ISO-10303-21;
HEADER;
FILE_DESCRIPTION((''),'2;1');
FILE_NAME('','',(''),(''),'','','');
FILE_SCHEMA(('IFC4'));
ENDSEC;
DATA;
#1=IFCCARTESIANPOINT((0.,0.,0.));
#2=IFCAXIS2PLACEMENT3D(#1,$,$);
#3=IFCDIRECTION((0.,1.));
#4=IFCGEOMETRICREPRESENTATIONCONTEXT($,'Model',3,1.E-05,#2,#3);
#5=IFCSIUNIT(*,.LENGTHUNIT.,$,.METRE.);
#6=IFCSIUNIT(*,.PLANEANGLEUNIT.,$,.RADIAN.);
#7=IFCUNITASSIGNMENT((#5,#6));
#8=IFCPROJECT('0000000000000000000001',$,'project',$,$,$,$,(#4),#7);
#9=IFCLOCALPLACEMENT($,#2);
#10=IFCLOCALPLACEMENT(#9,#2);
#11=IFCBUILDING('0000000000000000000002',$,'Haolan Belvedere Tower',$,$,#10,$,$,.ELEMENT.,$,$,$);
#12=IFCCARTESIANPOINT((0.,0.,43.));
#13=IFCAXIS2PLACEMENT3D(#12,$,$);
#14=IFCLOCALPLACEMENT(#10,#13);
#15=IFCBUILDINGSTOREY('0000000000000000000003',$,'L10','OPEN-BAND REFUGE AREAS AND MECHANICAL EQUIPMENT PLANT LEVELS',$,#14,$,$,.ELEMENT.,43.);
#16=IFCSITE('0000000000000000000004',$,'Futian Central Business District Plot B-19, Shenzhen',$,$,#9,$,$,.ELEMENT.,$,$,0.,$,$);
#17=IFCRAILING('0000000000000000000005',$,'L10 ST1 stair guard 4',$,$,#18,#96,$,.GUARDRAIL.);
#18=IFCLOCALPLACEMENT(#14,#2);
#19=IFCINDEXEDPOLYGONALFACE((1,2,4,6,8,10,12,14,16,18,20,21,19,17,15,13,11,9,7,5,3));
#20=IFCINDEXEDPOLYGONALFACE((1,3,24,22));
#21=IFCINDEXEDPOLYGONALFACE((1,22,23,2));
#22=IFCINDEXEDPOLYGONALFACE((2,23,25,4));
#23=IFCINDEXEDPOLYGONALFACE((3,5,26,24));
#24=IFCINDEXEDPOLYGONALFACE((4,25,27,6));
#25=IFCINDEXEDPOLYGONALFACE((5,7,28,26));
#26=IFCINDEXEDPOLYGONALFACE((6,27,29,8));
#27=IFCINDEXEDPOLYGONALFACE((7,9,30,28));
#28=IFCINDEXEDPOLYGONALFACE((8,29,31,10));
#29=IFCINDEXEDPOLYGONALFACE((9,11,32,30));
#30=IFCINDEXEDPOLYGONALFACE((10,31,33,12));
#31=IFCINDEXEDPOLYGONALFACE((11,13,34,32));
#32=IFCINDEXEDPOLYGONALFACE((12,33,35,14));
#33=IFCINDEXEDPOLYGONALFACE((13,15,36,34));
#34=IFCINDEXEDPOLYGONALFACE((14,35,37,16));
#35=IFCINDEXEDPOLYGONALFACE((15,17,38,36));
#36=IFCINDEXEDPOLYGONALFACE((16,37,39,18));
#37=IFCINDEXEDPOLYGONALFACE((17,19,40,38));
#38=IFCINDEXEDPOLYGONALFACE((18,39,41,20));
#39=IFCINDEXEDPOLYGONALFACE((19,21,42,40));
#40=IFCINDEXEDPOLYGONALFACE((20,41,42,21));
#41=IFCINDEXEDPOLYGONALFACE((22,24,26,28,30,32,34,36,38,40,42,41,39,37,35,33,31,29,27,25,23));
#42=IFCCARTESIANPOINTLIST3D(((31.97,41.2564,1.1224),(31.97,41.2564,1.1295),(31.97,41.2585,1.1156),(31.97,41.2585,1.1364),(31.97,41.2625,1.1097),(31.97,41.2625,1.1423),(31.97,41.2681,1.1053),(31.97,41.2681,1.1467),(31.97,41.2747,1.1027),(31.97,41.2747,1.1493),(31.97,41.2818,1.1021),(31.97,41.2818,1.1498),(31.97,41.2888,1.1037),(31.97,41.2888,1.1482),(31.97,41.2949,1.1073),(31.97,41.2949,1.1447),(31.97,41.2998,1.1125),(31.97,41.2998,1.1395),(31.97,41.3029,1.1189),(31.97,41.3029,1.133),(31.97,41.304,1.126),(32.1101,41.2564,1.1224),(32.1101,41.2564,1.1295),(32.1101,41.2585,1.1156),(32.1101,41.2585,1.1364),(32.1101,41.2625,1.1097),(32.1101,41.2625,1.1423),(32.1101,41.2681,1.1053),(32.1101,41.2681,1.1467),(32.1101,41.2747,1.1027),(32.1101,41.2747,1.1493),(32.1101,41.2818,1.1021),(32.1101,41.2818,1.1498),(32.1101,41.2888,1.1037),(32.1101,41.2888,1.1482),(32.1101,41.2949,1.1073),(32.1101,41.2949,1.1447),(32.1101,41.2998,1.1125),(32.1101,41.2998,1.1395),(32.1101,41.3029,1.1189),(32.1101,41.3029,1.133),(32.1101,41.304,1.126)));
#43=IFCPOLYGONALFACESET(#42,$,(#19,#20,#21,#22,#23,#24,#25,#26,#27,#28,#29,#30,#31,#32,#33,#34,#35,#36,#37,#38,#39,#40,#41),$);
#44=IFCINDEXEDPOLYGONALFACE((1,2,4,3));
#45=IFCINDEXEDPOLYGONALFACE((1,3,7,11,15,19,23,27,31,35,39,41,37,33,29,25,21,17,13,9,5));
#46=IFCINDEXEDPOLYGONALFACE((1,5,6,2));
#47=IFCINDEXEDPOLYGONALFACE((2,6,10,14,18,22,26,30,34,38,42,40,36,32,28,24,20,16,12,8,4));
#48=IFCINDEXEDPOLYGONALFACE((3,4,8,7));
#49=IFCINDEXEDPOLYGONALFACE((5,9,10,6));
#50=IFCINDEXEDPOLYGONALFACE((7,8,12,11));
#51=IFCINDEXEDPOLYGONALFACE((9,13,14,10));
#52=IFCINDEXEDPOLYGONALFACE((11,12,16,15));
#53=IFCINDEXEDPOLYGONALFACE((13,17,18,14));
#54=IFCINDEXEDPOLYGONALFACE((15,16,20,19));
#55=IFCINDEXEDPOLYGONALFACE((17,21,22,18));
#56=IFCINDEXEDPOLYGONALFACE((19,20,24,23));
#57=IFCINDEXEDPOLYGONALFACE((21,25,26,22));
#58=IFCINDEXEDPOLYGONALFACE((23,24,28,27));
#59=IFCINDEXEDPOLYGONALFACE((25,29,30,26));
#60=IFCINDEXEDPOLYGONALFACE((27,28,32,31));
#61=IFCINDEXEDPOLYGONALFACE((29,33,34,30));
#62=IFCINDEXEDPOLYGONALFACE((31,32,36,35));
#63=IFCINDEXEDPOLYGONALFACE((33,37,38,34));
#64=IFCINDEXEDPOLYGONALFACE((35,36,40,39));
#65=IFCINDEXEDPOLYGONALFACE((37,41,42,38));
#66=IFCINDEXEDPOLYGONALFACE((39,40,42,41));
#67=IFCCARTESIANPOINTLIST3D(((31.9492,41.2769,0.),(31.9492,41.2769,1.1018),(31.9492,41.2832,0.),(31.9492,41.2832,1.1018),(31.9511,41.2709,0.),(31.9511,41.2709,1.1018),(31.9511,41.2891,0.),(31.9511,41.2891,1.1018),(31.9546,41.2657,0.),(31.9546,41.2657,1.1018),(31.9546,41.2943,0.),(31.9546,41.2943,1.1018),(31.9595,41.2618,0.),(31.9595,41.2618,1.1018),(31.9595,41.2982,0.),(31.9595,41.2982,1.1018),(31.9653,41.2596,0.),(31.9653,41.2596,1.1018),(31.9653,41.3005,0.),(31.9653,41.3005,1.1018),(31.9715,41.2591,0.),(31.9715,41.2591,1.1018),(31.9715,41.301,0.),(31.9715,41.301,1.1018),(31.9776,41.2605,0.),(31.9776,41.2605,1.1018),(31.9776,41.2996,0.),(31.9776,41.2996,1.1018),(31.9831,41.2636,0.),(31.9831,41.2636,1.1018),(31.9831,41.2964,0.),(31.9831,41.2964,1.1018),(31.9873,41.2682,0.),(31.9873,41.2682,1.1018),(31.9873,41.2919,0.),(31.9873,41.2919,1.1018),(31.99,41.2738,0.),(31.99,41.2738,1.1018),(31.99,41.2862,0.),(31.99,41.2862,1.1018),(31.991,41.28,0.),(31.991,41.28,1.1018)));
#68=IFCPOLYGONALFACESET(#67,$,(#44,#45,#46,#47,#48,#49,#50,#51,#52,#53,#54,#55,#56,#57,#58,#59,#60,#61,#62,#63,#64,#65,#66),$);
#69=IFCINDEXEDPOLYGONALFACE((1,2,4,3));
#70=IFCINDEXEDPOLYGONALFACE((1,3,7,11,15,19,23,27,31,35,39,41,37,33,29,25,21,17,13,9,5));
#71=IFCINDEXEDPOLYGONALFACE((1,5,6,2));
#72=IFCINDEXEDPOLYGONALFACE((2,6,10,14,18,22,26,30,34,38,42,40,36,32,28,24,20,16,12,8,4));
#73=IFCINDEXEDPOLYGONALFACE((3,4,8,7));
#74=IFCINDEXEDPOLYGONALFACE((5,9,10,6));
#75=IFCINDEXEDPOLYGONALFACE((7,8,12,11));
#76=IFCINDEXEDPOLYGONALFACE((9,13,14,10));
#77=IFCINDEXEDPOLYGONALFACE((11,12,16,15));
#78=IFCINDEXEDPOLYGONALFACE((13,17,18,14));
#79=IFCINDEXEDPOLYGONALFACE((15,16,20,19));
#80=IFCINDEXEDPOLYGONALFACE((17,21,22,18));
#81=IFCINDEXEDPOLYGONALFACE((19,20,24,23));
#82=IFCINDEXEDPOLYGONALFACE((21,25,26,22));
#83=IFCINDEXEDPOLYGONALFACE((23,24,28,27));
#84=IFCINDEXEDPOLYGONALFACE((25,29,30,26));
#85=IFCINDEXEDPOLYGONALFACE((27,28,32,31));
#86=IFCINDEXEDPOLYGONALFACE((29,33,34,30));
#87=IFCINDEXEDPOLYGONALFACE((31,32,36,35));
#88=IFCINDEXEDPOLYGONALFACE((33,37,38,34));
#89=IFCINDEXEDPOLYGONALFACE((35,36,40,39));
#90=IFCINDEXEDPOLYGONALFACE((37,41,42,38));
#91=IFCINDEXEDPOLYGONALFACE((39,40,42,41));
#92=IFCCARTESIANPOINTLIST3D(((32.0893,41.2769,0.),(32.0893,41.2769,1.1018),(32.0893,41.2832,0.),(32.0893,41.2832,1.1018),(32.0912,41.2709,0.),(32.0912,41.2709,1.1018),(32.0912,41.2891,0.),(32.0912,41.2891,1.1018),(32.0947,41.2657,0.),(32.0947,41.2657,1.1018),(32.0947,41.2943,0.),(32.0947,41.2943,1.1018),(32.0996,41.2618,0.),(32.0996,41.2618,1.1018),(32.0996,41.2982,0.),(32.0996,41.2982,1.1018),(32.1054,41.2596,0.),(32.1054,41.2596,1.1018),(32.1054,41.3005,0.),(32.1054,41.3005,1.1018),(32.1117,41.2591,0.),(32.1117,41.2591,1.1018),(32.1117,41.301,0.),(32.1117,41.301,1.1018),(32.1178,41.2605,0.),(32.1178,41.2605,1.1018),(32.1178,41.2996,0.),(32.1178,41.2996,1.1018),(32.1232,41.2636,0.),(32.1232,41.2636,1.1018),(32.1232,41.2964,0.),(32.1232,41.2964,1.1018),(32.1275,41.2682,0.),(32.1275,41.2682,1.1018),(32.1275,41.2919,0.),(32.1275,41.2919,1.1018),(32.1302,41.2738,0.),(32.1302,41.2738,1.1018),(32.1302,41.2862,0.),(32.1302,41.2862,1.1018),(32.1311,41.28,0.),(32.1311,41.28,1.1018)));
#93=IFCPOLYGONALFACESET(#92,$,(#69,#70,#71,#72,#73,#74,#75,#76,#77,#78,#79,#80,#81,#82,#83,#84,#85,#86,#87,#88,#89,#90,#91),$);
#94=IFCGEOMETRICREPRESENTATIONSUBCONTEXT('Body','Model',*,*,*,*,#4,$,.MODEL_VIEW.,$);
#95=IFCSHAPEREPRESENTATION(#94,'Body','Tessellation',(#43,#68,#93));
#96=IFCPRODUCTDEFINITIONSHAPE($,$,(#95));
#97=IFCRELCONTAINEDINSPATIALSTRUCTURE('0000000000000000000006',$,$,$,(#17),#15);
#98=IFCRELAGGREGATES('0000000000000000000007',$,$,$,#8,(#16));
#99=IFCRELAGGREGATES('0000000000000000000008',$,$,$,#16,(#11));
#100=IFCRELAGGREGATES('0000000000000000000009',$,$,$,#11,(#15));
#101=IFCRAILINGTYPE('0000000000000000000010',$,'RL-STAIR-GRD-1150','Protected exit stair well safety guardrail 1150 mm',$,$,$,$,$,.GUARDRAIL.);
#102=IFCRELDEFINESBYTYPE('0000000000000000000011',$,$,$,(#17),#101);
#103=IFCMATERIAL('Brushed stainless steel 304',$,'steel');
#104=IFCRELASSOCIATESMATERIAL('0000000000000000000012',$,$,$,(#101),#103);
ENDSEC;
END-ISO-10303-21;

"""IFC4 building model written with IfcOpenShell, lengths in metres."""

from ifc_helpers import new_model, si_unit, direction, frame, origin, origin_2d, place, context, subcontext, project, spatial, circle, extrude, material, type_object, element, save


model = new_model("IFC4")

# Units and contexts
model_context = context("Model", 3, precision=1e-05, world=origin(), true_north=direction((0.0, 1.0)))
body_context = subcontext(model_context, "Body", "Model", "MODEL_VIEW")
ifc_project = project(units=[si_unit("LENGTHUNIT", "METRE"), si_unit("PLANEANGLEUNIT", "RADIAN")], contexts=[model_context])

# Site, building, storey
site_placement = place(None, origin())
site = spatial("IfcSite", under=ifc_project, at=site_placement, Name="Futian Central Business District Plot B-19, Shenzhen", CompositionType="ELEMENT", RefElevation=0.0)
building_placement = place(site_placement, origin())
building = spatial("IfcBuilding", under=site, at=building_placement, Name="Haolan Belvedere Tower", CompositionType="ELEMENT")
storey_placement = place(building_placement, frame((0.0, 0.0, 43.0)))
storey = spatial("IfcBuildingStorey", under=building, at=storey_placement, Name="L10", Description="OPEN-BAND REFUGE AREAS AND MECHANICAL EQUIPMENT PLANT LEVELS", CompositionType="ELEMENT", Elevation=43.0)

# Railing
ifc_material_1 = material(Name="Brushed stainless steel 304", Category="steel")
railing_type_1 = type_object("IfcRailingType", Name="RL-STAIR-GRD-1150", Description="Protected exit stair well safety guardrail 1150 mm", PredefinedType="GUARDRAIL", material=ifc_material_1)
railing_1_placement = place(storey_placement, frame((31.97, 41.28, 0.0)))
element("IfcRailing", 1, at=railing_1_placement, inside=storey, type_object=railing_type_1, Name="L10 ST1 stair guard 4", PredefinedType="GUARDRAIL", context=body_context, shape_type="SweptSolid", body=[
    extrude(circle(Radius=0.0239, at=origin_2d()), frame((0.0, 0.0, 1.126), z_axis=(1.0, 0.0, 0.0), x_axis=(0.0, 1.0, 0.0)), (0.0, 0.0, 1.0), 0.1401),
    extrude(circle(Radius=0.021, at=origin_2d()), origin(), (0.0, 0.0, 1.0), 1.1018),
    extrude(circle(Radius=0.021, at=origin_2d()), frame((0.1401, 0.0, 0.0)), (0.0, 0.0, 1.0), 1.1018),
])

save(model, "model.ifc")
